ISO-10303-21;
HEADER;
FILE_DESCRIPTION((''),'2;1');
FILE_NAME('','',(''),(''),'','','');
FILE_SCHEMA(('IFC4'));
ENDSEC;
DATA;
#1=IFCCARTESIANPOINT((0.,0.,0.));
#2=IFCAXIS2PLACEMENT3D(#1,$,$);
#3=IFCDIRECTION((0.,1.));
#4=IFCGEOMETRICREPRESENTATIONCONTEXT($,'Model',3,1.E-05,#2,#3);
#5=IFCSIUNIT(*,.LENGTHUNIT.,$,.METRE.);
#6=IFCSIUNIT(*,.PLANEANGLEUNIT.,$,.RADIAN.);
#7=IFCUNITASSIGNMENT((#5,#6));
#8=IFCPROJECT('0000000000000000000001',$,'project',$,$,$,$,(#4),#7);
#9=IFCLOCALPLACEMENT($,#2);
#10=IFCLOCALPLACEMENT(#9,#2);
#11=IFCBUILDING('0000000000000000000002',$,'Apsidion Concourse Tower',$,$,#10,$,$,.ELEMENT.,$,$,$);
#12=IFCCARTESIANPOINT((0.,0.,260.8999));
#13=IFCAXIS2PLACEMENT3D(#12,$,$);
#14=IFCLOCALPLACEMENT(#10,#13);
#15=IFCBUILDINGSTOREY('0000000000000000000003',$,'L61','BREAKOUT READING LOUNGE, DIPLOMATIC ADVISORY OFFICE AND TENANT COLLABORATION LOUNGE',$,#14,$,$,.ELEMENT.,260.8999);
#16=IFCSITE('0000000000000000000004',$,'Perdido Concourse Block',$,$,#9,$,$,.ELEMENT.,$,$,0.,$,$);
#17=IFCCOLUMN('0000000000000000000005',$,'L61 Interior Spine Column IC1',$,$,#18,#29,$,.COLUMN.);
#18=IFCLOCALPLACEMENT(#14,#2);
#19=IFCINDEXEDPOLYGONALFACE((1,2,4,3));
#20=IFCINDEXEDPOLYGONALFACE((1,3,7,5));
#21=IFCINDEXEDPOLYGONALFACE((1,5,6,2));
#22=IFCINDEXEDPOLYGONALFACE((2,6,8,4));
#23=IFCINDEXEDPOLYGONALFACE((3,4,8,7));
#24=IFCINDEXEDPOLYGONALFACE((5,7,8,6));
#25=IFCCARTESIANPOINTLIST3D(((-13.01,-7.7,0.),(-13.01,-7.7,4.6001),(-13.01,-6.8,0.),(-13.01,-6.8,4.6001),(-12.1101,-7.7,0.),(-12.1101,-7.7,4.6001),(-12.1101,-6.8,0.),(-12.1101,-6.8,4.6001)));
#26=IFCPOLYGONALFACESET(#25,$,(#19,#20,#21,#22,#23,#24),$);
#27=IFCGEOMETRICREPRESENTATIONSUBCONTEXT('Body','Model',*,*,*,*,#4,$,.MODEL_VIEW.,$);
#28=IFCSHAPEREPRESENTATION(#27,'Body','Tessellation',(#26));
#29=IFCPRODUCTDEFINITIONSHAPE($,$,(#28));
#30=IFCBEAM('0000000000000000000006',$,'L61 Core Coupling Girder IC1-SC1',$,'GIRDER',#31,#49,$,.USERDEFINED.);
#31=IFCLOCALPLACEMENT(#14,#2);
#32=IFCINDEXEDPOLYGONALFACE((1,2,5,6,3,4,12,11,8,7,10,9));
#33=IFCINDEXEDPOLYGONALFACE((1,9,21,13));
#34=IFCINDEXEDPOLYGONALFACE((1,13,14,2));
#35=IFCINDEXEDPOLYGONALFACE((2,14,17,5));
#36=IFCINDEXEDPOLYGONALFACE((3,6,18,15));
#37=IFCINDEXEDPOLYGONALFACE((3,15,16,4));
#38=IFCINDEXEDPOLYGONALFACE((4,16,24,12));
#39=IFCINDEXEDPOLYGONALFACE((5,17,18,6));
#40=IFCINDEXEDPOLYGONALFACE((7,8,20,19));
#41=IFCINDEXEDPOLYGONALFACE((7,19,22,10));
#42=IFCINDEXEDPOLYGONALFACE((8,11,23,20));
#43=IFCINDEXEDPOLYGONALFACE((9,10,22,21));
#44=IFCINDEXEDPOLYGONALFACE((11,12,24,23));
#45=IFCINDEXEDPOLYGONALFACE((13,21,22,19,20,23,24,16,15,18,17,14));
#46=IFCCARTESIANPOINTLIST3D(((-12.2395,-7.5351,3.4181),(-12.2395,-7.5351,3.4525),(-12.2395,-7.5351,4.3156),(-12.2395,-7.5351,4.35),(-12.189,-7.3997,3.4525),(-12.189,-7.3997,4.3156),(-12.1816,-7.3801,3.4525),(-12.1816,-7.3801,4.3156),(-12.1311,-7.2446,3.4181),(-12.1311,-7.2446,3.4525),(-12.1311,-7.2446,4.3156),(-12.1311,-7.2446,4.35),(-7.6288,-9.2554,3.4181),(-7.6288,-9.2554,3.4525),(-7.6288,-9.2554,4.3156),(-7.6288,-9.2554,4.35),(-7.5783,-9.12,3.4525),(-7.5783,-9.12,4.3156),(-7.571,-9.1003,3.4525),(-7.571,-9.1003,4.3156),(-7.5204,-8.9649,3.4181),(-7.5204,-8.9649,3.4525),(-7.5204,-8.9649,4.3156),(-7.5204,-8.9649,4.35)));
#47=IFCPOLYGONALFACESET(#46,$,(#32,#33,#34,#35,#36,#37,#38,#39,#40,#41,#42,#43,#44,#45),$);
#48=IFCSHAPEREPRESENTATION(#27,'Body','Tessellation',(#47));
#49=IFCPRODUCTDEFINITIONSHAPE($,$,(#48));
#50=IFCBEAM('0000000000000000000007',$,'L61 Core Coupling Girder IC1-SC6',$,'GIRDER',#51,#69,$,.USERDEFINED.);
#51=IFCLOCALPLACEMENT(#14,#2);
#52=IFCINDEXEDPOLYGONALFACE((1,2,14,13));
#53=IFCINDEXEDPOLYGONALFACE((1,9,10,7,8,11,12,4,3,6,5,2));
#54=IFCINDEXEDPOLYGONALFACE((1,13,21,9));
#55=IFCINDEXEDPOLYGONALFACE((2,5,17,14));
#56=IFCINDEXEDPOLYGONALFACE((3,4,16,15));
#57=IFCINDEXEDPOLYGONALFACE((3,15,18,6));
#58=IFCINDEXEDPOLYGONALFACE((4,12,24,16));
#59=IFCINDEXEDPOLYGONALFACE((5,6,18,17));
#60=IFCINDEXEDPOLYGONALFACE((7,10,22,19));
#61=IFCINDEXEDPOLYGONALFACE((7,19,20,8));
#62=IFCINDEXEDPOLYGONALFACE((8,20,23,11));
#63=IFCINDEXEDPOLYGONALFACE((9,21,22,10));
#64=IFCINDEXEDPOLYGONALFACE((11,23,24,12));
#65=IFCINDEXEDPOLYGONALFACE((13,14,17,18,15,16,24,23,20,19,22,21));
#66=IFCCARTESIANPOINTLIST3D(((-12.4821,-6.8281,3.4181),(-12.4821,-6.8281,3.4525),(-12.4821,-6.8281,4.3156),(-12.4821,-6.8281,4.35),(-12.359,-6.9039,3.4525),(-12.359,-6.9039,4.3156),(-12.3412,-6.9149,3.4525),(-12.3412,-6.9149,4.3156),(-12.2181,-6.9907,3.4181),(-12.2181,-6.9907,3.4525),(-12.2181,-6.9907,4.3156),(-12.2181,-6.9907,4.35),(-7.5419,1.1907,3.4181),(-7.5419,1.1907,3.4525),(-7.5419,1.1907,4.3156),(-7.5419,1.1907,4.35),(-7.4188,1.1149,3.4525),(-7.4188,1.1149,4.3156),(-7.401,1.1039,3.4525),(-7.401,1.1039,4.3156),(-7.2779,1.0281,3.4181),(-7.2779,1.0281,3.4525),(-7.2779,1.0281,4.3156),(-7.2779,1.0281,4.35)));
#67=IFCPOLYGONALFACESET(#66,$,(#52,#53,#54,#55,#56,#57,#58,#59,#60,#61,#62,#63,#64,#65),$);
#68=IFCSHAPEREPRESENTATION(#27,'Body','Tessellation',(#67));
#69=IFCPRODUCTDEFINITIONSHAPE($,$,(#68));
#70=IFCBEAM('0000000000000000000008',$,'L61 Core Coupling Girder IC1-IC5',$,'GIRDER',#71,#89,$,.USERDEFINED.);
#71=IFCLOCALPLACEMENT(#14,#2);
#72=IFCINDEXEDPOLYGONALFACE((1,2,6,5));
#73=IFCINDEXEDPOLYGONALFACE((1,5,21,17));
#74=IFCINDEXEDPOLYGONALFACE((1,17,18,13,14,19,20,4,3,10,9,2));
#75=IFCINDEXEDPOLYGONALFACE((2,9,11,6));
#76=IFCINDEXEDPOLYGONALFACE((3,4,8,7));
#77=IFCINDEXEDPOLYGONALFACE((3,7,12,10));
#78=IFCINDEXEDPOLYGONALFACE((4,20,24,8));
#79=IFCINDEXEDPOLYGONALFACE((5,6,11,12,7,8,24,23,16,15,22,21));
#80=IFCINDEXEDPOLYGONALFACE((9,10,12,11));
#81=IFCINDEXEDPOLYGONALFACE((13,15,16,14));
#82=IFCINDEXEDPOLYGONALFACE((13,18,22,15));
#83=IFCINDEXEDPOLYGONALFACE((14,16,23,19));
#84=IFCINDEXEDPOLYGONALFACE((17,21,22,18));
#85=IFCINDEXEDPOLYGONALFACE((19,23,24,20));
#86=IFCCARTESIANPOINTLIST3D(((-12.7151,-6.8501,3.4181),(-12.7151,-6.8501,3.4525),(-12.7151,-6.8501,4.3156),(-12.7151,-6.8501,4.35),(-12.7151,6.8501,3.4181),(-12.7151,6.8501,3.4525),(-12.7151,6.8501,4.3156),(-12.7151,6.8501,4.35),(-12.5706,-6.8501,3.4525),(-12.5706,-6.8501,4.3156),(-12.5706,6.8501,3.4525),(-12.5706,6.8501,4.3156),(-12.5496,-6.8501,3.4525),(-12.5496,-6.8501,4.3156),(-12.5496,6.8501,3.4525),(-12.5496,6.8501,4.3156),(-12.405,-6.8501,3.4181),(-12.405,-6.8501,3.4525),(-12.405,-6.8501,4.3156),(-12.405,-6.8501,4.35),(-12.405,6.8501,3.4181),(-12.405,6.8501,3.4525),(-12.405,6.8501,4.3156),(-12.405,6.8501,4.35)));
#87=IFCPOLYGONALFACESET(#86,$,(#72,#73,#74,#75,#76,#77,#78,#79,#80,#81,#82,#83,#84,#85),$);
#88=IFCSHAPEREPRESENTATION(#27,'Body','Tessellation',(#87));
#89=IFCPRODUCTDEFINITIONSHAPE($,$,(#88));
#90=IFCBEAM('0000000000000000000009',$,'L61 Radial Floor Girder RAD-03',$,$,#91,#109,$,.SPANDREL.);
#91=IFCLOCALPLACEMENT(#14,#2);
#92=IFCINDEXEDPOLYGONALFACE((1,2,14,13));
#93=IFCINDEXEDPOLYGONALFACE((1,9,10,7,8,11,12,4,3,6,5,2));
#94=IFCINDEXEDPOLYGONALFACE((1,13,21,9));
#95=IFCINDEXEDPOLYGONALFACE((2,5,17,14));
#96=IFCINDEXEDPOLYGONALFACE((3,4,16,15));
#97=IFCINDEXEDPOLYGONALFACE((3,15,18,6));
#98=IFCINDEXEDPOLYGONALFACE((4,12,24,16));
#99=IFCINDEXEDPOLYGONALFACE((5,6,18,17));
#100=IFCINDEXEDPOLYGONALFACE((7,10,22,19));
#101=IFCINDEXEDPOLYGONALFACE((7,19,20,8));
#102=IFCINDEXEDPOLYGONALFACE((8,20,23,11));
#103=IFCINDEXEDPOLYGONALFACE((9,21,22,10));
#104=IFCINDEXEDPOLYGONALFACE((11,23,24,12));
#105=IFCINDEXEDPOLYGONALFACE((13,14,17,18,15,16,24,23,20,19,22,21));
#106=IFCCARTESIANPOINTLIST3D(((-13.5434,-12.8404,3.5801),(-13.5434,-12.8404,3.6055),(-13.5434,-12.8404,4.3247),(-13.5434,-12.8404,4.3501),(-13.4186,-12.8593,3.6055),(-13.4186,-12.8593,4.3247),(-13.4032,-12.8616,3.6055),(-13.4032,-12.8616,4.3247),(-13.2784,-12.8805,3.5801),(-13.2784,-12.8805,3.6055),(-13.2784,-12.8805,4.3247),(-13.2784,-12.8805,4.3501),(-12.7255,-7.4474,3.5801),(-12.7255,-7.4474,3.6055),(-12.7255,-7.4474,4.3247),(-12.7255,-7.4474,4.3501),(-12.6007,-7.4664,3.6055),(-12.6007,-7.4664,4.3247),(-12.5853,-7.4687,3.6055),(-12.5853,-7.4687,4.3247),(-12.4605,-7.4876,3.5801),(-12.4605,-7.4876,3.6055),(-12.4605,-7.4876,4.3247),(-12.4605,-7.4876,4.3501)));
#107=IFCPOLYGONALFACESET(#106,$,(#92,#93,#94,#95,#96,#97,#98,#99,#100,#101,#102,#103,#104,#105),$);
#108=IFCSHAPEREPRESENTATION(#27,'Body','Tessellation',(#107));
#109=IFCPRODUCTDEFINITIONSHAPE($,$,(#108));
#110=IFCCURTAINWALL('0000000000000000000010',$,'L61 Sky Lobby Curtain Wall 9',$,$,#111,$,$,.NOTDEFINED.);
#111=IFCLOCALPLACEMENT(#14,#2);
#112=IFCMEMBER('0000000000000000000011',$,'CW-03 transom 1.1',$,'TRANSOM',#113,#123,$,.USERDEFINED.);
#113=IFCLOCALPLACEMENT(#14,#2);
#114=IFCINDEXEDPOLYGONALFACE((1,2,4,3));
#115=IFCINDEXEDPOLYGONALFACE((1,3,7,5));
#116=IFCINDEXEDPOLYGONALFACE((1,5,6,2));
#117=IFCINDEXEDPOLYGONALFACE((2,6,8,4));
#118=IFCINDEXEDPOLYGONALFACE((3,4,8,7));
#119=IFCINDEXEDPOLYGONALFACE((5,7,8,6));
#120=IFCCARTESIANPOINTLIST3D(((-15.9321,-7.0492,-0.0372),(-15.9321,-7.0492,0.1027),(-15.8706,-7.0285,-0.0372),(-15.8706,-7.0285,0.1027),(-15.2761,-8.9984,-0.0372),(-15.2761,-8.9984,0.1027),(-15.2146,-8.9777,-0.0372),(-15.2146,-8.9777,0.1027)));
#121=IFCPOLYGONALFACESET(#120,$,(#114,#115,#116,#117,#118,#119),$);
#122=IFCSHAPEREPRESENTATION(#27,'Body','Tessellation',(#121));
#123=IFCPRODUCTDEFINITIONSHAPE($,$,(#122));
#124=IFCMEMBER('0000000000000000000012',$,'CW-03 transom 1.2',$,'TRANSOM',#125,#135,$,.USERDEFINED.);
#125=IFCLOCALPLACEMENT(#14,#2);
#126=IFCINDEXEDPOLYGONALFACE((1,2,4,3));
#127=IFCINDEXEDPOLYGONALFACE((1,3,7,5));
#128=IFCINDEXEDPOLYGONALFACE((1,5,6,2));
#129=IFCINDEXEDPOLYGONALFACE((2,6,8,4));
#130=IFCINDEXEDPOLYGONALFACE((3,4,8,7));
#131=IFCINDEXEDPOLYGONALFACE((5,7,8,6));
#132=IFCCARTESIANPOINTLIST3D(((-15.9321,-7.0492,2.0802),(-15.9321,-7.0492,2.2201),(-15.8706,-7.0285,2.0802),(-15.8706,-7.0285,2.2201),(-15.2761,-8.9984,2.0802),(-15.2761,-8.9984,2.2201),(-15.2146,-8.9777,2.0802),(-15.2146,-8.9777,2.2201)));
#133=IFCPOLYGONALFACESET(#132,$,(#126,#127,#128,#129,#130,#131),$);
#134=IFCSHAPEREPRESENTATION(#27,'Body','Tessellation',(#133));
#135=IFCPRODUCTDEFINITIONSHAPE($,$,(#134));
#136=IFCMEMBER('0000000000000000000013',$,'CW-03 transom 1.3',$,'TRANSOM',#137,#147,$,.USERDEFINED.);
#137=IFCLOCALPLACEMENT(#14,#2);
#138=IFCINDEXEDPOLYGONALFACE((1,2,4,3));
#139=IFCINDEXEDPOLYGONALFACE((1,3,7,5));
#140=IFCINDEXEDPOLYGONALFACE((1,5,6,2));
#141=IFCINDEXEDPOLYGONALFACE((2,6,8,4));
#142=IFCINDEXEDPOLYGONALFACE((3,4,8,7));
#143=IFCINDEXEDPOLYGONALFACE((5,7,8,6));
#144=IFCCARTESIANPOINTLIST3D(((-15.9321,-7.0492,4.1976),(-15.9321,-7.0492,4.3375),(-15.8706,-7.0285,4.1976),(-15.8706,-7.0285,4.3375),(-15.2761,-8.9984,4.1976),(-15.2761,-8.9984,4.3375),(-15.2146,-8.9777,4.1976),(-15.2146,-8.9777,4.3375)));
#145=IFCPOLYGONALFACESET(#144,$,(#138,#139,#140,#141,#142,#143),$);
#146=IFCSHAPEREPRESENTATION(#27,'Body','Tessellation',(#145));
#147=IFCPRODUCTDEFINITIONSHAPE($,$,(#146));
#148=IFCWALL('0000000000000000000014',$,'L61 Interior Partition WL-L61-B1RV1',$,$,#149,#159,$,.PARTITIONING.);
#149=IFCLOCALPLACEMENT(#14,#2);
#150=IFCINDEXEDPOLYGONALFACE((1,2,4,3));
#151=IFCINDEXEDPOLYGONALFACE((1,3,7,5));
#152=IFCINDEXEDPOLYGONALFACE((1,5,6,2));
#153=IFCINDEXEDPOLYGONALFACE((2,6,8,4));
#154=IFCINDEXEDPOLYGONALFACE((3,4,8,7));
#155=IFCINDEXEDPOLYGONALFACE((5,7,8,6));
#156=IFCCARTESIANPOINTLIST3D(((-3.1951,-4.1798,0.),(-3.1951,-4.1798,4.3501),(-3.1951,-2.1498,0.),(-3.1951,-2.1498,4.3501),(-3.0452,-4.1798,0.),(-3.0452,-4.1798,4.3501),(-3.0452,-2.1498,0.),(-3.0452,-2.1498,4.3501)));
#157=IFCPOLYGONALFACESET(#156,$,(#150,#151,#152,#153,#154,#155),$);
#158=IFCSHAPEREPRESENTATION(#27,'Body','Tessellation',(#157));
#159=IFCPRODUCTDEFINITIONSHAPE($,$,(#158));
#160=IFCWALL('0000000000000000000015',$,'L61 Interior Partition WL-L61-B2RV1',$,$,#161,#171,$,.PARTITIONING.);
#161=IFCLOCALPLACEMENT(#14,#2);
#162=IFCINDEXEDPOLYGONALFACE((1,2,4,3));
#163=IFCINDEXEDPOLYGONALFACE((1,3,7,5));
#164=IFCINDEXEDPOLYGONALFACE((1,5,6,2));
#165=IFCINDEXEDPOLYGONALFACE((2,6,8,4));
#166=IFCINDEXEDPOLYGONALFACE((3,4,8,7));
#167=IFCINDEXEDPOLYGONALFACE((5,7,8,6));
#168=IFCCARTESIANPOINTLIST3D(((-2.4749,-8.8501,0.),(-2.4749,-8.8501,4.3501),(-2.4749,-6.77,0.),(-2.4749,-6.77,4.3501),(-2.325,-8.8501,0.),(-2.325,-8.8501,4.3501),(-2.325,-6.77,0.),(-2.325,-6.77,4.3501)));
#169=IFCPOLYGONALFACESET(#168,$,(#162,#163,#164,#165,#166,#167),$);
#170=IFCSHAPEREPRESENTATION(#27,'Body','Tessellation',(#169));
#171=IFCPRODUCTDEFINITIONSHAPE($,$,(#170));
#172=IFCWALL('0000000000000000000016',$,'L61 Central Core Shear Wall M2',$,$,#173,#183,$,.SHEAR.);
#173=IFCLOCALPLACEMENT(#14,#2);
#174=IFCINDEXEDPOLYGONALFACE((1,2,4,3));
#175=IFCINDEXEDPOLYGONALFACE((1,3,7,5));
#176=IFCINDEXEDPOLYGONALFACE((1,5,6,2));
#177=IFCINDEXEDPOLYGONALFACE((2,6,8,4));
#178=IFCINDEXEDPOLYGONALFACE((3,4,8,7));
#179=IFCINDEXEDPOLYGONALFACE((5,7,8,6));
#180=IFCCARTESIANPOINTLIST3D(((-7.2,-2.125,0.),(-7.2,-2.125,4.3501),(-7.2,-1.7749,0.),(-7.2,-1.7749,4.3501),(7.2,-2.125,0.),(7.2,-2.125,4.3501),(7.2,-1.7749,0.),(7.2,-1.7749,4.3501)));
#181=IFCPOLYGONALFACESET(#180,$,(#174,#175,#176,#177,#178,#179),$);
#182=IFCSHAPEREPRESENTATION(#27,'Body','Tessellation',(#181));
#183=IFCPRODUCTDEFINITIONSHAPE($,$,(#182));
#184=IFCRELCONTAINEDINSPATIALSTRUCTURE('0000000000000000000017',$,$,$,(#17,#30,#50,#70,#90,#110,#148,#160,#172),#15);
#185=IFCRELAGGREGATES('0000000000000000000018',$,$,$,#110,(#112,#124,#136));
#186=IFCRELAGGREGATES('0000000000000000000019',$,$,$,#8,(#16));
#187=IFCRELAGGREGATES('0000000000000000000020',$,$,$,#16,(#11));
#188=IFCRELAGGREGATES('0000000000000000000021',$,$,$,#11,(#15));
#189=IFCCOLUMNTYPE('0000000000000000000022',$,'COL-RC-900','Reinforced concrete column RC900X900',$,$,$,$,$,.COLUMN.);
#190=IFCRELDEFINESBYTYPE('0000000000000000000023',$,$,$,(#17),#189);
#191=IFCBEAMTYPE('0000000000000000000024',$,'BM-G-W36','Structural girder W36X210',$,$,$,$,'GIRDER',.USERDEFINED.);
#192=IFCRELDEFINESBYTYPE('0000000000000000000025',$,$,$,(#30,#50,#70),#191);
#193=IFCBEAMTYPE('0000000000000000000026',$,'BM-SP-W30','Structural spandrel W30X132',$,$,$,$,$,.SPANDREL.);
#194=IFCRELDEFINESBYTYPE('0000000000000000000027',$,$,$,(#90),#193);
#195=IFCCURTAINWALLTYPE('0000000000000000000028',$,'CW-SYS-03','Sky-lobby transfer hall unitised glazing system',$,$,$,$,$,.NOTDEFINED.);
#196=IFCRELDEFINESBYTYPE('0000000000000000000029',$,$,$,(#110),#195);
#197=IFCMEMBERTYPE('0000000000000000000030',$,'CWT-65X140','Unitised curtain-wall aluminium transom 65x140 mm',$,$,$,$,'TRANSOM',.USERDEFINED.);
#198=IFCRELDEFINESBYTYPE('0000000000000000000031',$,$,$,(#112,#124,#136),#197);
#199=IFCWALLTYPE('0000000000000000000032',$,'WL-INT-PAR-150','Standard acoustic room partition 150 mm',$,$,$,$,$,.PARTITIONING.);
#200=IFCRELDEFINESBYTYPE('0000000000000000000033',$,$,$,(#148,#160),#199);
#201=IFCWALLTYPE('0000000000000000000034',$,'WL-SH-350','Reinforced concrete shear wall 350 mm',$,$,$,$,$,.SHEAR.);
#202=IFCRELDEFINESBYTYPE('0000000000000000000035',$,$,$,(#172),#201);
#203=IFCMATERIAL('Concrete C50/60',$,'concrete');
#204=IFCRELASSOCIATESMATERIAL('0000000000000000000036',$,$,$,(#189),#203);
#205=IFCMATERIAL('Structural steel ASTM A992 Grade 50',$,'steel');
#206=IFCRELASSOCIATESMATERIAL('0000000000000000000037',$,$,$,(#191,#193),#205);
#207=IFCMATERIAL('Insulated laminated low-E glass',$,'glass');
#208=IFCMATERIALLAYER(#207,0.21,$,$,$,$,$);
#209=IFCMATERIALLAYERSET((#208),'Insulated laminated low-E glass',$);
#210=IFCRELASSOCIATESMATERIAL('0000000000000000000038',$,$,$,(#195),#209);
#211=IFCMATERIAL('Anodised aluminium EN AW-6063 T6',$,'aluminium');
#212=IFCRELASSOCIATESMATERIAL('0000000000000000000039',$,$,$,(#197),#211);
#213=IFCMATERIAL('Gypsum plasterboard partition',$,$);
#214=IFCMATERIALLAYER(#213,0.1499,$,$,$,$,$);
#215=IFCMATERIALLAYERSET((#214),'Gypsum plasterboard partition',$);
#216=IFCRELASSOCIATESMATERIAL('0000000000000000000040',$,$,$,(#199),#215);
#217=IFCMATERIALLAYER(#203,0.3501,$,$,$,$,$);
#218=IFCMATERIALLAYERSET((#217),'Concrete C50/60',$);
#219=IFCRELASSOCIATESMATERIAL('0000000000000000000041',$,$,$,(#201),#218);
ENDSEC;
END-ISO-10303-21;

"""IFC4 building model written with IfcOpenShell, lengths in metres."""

from ifc_helpers import new_model, si_unit, direction, frame, frame_2d, origin, origin_2d, place, context, subcontext, project, spatial, rectangle, i_section, extrude, material, layer, layer_set, material_profile, profile_set, type_object, element, aggregate, save


model = new_model("IFC4")

# Units and contexts
model_context = context("Model", 3, precision=1e-05, world=origin(), true_north=direction((0.0, 1.0)))
body_context = subcontext(model_context, "Body", "Model", "MODEL_VIEW")
ifc_project = project(units=[si_unit("LENGTHUNIT", "METRE"), si_unit("PLANEANGLEUNIT", "RADIAN")], contexts=[model_context])

# Site, building, storey
site_placement = place(None, origin())
site = spatial("IfcSite", under=ifc_project, at=site_placement, Name="Perdido Concourse Block", CompositionType="ELEMENT", RefElevation=0.0)
building_placement = place(site_placement, origin())
building = spatial("IfcBuilding", under=site, at=building_placement, Name="Apsidion Concourse Tower", CompositionType="ELEMENT")
storey_placement = place(building_placement, frame((0.0, 0.0, 260.8999)))
storey = spatial("IfcBuildingStorey", under=building, at=storey_placement, Name="L61", Description="BREAKOUT READING LOUNGE, DIPLOMATIC ADVISORY OFFICE AND TENANT COLLABORATION LOUNGE", CompositionType="ELEMENT", Elevation=260.8999)

# Column
ifc_material_1 = material(Name="Concrete C50/60", Category="concrete")
ifc_material_profile_1 = material_profile(ifc_material_1, rectangle(XDim=0.8999, YDim=0.8999, at=origin_2d()), Name="RC 900x900")
ifc_profile_set_1 = profile_set([ifc_material_profile_1], Name="Concrete C50/60")
column_type = type_object("IfcColumnType", Name="COL-RC-900", Description="Reinforced concrete column RC900X900", PredefinedType="COLUMN", material=ifc_profile_set_1)
column_placement = place(storey_placement, frame((-12.5601, -7.25, 0.0), z_axis=(0.0, 0.0, 1.0), x_axis=(1.0, 0.0, 0.0)))
element("IfcColumn", 1, at=column_placement, inside=storey, type_object=column_type, Name="L61 Interior Spine Column IC1", PredefinedType="COLUMN", context=body_context, shape_type="SweptSolid", body=[
    extrude(rectangle(XDim=0.8999, YDim=0.8999, at=origin_2d()), origin(), (0.0, 0.0, 1.0), 4.6001),
])

# Beams
ifc_material_2 = material(Name="Structural steel ASTM A992 Grade 50", Category="steel")
ifc_material_profile_2 = material_profile(ifc_material_2, i_section(OverallWidth=0.3101, OverallDepth=0.9319, WebThickness=0.021, FlangeThickness=0.0344, at=origin_2d()), Name="W36X210")
ifc_profile_set_2 = profile_set([ifc_material_profile_2], Name="Structural steel ASTM A992 Grade 50")
beam_type_1 = type_object("IfcBeamType", Name="BM-G-W36", Description="Structural girder W36X210", ElementType="GIRDER", PredefinedType="USERDEFINED", material=ifc_profile_set_2)
beam_1_placement = place(storey_placement, frame((-12.1853, -7.3899, 3.884), z_axis=(0.936913, -0.349563, 0.0), x_axis=(0.349563, 0.936913, 0.0)))
element("IfcBeam", 2, at=beam_1_placement, inside=storey, type_object=beam_type_1, Name="L61 Core Coupling Girder IC1-SC1", ObjectType="GIRDER", PredefinedType="USERDEFINED", context=body_context, shape_type="SweptSolid", body=[
    extrude(i_section(OverallWidth=0.3101, OverallDepth=0.9319, WebThickness=0.021, FlangeThickness=0.0344, at=origin_2d()), origin(), (0.0, 0.0, 1.0), 4.9211),
])
beam_2_placement = place(storey_placement, frame((-12.3501, -6.9094, 3.884), z_axis=(0.524524, 0.851396, 0.0), x_axis=(-0.851396, 0.524524, 0.0)))
element("IfcBeam", 3, at=beam_2_placement, inside=storey, type_object=beam_type_1, Name="L61 Core Coupling Girder IC1-SC6", ObjectType="GIRDER", PredefinedType="USERDEFINED", context=body_context, shape_type="SweptSolid", body=[
    extrude(i_section(OverallWidth=0.3101, OverallDepth=0.9319, WebThickness=0.021, FlangeThickness=0.0344, at=origin_2d()), origin(), (0.0, 0.0, 1.0), 9.4185),
])
beam_3_placement = place(storey_placement, frame((-12.5601, -6.8501, 3.884), z_axis=(0.0, 1.0, 0.0), x_axis=(-1.0, 0.0, 0.0)))
element("IfcBeam", 4, at=beam_3_placement, inside=storey, type_object=beam_type_1, Name="L61 Core Coupling Girder IC1-IC5", ObjectType="GIRDER", PredefinedType="USERDEFINED", context=body_context, shape_type="SweptSolid", body=[
    extrude(i_section(OverallWidth=0.3101, OverallDepth=0.9319, WebThickness=0.021, FlangeThickness=0.0344, at=origin_2d()), origin(), (0.0, 0.0, 1.0), 13.7002),
])
ifc_material_profile_3 = material_profile(ifc_material_2, i_section(OverallWidth=0.2681, OverallDepth=0.77, WebThickness=0.0156, FlangeThickness=0.0254, at=origin_2d()), Name="W30X132")
ifc_profile_set_3 = profile_set([ifc_material_profile_3], Name="Structural steel ASTM A992 Grade 50")
beam_type_2 = type_object("IfcBeamType", Name="BM-SP-W30", Description="Structural spandrel W30X132", PredefinedType="SPANDREL", material=ifc_profile_set_3)
beam_4_placement = place(storey_placement, frame((-12.593, -7.4675, 3.9651), z_axis=(-0.149945, -0.988694, 0.0), x_axis=(0.988694, -0.149945, 0.0)))
element("IfcBeam", 5, at=beam_4_placement, inside=storey, type_object=beam_type_2, Name="L61 Radial Floor Girder RAD-03", PredefinedType="SPANDREL", context=body_context, shape_type="SweptSolid", body=[
    extrude(i_section(OverallWidth=0.2681, OverallDepth=0.77, WebThickness=0.0156, FlangeThickness=0.0254, at=origin_2d()), origin(), (0.0, 0.0, 1.0), 5.4546),
])

# Curtain wall, members
ifc_material_3 = material(Name="Insulated laminated low-E glass", Category="glass")
ifc_layer_1 = layer(ifc_material_3, 0.21)
ifc_layer_set_1 = layer_set([ifc_layer_1], Name="Insulated laminated low-E glass")
curtain_wall_type = type_object("IfcCurtainWallType", Name="CW-SYS-03", Description="Sky-lobby transfer hall unitised glazing system", PredefinedType="NOTDEFINED", material=ifc_layer_set_1)
curtain_wall_placement = place(storey_placement, origin())
curtain_wall = element("IfcCurtainWall", 6, at=curtain_wall_placement, inside=storey, type_object=curtain_wall_type, Name="L61 Sky Lobby Curtain Wall 9", PredefinedType="NOTDEFINED")
ifc_material_4 = material(Name="Anodised aluminium EN AW-6063 T6", Category="aluminium")
ifc_material_profile_4 = material_profile(ifc_material_4, rectangle(XDim=0.0649, YDim=0.1399, at=origin_2d()), Name="ALU TRANSOM 65x140")
ifc_profile_set_4 = profile_set([ifc_material_profile_4], Name="Anodised aluminium EN AW-6063 T6")
member_type = type_object("IfcMemberType", Name="CWT-65X140", Description="Unitised curtain-wall aluminium transom 65x140 mm", ElementType="TRANSOM", PredefinedType="USERDEFINED", material=ifc_profile_set_4)
member_1_placement = place(storey_placement, frame((-15.2454, -8.988, 0.0327), z_axis=(-0.318969, 0.947765, 0.0), x_axis=(-0.947765, -0.318969, 0.0)))
member_1 = element("IfcMember", 7, at=member_1_placement, type_object=member_type, Name="CW-03 transom 1.1", ObjectType="TRANSOM", PredefinedType="USERDEFINED", context=body_context, shape_type="SweptSolid", body=[
    extrude(rectangle(XDim=0.0649, YDim=0.1399, at=origin_2d()), origin(), (0.0, 0.0, 1.0), 2.0566),
])
member_2_placement = place(storey_placement, frame((-15.2454, -8.988, 2.1501), z_axis=(-0.318969, 0.947765, 0.0), x_axis=(-0.947765, -0.318969, 0.0)))
member_2 = element("IfcMember", 8, at=member_2_placement, type_object=member_type, Name="CW-03 transom 1.2", ObjectType="TRANSOM", PredefinedType="USERDEFINED", context=body_context, shape_type="SweptSolid", body=[
    extrude(rectangle(XDim=0.0649, YDim=0.1399, at=origin_2d()), origin(), (0.0, 0.0, 1.0), 2.0566),
])
member_3_placement = place(storey_placement, frame((-15.2454, -8.988, 4.2676), z_axis=(-0.318969, 0.947765, 0.0), x_axis=(-0.947765, -0.318969, 0.0)))
member_3 = element("IfcMember", 9, at=member_3_placement, type_object=member_type, Name="CW-03 transom 1.3", ObjectType="TRANSOM", PredefinedType="USERDEFINED", context=body_context, shape_type="SweptSolid", body=[
    extrude(rectangle(XDim=0.0649, YDim=0.1399, at=origin_2d()), origin(), (0.0, 0.0, 1.0), 2.0566),
])
aggregate(curtain_wall, [member_1, member_2, member_3])

# Walls
ifc_material_5 = material(Name="Gypsum plasterboard partition")
ifc_layer_2 = layer(ifc_material_5, 0.1499)
ifc_layer_set_2 = layer_set([ifc_layer_2], Name="Gypsum plasterboard partition")
wall_type_1 = type_object("IfcWallType", Name="WL-INT-PAR-150", Description="Standard acoustic room partition 150 mm", PredefinedType="PARTITIONING", material=ifc_layer_set_2)
wall_1_placement = place(storey_placement, frame((-3.1201, -4.1799, 0.0), z_axis=(0.0, 0.0, 1.0), x_axis=(0.0, 1.0, 0.0)))
element("IfcWall", 10, at=wall_1_placement, inside=storey, type_object=wall_type_1, Name="L61 Interior Partition WL-L61-B1RV1", PredefinedType="PARTITIONING", context=body_context, shape_type="SweptSolid", body=[
    extrude(rectangle(XDim=2.03, YDim=0.1499, at=frame_2d((1.0151, 0.0))), origin(), (0.0, 0.0, 1.0), 4.3501),
])
wall_2_placement = place(storey_placement, frame((-2.3999, -8.8501, 0.0), z_axis=(0.0, 0.0, 1.0), x_axis=(0.0, 1.0, 0.0)))
element("IfcWall", 11, at=wall_2_placement, inside=storey, type_object=wall_type_1, Name="L61 Interior Partition WL-L61-B2RV1", PredefinedType="PARTITIONING", context=body_context, shape_type="SweptSolid", body=[
    extrude(rectangle(XDim=2.0801, YDim=0.1499, at=frame_2d((1.04, 0.0))), origin(), (0.0, 0.0, 1.0), 4.3501),
])

# Wall
ifc_layer_3 = layer(ifc_material_1, 0.3501)
ifc_layer_set_3 = layer_set([ifc_layer_3], Name="Concrete C50/60")
wall_type_2 = type_object("IfcWallType", Name="WL-SH-350", Description="Reinforced concrete shear wall 350 mm", PredefinedType="SHEAR", material=ifc_layer_set_3)
wall_3_placement = place(storey_placement, frame((-7.2, -1.95, 0.0), z_axis=(0.0, 0.0, 1.0), x_axis=(1.0, 0.0, 0.0)))
element("IfcWall", 12, at=wall_3_placement, inside=storey, type_object=wall_type_2, Name="L61 Central Core Shear Wall M2", PredefinedType="SHEAR", context=body_context, shape_type="SweptSolid", body=[
    extrude(rectangle(XDim=14.3999, YDim=0.3501, at=frame_2d((7.2, 0.0))), origin(), (0.0, 0.0, 1.0), 4.3501),
])

save(model, "model.ifc")
